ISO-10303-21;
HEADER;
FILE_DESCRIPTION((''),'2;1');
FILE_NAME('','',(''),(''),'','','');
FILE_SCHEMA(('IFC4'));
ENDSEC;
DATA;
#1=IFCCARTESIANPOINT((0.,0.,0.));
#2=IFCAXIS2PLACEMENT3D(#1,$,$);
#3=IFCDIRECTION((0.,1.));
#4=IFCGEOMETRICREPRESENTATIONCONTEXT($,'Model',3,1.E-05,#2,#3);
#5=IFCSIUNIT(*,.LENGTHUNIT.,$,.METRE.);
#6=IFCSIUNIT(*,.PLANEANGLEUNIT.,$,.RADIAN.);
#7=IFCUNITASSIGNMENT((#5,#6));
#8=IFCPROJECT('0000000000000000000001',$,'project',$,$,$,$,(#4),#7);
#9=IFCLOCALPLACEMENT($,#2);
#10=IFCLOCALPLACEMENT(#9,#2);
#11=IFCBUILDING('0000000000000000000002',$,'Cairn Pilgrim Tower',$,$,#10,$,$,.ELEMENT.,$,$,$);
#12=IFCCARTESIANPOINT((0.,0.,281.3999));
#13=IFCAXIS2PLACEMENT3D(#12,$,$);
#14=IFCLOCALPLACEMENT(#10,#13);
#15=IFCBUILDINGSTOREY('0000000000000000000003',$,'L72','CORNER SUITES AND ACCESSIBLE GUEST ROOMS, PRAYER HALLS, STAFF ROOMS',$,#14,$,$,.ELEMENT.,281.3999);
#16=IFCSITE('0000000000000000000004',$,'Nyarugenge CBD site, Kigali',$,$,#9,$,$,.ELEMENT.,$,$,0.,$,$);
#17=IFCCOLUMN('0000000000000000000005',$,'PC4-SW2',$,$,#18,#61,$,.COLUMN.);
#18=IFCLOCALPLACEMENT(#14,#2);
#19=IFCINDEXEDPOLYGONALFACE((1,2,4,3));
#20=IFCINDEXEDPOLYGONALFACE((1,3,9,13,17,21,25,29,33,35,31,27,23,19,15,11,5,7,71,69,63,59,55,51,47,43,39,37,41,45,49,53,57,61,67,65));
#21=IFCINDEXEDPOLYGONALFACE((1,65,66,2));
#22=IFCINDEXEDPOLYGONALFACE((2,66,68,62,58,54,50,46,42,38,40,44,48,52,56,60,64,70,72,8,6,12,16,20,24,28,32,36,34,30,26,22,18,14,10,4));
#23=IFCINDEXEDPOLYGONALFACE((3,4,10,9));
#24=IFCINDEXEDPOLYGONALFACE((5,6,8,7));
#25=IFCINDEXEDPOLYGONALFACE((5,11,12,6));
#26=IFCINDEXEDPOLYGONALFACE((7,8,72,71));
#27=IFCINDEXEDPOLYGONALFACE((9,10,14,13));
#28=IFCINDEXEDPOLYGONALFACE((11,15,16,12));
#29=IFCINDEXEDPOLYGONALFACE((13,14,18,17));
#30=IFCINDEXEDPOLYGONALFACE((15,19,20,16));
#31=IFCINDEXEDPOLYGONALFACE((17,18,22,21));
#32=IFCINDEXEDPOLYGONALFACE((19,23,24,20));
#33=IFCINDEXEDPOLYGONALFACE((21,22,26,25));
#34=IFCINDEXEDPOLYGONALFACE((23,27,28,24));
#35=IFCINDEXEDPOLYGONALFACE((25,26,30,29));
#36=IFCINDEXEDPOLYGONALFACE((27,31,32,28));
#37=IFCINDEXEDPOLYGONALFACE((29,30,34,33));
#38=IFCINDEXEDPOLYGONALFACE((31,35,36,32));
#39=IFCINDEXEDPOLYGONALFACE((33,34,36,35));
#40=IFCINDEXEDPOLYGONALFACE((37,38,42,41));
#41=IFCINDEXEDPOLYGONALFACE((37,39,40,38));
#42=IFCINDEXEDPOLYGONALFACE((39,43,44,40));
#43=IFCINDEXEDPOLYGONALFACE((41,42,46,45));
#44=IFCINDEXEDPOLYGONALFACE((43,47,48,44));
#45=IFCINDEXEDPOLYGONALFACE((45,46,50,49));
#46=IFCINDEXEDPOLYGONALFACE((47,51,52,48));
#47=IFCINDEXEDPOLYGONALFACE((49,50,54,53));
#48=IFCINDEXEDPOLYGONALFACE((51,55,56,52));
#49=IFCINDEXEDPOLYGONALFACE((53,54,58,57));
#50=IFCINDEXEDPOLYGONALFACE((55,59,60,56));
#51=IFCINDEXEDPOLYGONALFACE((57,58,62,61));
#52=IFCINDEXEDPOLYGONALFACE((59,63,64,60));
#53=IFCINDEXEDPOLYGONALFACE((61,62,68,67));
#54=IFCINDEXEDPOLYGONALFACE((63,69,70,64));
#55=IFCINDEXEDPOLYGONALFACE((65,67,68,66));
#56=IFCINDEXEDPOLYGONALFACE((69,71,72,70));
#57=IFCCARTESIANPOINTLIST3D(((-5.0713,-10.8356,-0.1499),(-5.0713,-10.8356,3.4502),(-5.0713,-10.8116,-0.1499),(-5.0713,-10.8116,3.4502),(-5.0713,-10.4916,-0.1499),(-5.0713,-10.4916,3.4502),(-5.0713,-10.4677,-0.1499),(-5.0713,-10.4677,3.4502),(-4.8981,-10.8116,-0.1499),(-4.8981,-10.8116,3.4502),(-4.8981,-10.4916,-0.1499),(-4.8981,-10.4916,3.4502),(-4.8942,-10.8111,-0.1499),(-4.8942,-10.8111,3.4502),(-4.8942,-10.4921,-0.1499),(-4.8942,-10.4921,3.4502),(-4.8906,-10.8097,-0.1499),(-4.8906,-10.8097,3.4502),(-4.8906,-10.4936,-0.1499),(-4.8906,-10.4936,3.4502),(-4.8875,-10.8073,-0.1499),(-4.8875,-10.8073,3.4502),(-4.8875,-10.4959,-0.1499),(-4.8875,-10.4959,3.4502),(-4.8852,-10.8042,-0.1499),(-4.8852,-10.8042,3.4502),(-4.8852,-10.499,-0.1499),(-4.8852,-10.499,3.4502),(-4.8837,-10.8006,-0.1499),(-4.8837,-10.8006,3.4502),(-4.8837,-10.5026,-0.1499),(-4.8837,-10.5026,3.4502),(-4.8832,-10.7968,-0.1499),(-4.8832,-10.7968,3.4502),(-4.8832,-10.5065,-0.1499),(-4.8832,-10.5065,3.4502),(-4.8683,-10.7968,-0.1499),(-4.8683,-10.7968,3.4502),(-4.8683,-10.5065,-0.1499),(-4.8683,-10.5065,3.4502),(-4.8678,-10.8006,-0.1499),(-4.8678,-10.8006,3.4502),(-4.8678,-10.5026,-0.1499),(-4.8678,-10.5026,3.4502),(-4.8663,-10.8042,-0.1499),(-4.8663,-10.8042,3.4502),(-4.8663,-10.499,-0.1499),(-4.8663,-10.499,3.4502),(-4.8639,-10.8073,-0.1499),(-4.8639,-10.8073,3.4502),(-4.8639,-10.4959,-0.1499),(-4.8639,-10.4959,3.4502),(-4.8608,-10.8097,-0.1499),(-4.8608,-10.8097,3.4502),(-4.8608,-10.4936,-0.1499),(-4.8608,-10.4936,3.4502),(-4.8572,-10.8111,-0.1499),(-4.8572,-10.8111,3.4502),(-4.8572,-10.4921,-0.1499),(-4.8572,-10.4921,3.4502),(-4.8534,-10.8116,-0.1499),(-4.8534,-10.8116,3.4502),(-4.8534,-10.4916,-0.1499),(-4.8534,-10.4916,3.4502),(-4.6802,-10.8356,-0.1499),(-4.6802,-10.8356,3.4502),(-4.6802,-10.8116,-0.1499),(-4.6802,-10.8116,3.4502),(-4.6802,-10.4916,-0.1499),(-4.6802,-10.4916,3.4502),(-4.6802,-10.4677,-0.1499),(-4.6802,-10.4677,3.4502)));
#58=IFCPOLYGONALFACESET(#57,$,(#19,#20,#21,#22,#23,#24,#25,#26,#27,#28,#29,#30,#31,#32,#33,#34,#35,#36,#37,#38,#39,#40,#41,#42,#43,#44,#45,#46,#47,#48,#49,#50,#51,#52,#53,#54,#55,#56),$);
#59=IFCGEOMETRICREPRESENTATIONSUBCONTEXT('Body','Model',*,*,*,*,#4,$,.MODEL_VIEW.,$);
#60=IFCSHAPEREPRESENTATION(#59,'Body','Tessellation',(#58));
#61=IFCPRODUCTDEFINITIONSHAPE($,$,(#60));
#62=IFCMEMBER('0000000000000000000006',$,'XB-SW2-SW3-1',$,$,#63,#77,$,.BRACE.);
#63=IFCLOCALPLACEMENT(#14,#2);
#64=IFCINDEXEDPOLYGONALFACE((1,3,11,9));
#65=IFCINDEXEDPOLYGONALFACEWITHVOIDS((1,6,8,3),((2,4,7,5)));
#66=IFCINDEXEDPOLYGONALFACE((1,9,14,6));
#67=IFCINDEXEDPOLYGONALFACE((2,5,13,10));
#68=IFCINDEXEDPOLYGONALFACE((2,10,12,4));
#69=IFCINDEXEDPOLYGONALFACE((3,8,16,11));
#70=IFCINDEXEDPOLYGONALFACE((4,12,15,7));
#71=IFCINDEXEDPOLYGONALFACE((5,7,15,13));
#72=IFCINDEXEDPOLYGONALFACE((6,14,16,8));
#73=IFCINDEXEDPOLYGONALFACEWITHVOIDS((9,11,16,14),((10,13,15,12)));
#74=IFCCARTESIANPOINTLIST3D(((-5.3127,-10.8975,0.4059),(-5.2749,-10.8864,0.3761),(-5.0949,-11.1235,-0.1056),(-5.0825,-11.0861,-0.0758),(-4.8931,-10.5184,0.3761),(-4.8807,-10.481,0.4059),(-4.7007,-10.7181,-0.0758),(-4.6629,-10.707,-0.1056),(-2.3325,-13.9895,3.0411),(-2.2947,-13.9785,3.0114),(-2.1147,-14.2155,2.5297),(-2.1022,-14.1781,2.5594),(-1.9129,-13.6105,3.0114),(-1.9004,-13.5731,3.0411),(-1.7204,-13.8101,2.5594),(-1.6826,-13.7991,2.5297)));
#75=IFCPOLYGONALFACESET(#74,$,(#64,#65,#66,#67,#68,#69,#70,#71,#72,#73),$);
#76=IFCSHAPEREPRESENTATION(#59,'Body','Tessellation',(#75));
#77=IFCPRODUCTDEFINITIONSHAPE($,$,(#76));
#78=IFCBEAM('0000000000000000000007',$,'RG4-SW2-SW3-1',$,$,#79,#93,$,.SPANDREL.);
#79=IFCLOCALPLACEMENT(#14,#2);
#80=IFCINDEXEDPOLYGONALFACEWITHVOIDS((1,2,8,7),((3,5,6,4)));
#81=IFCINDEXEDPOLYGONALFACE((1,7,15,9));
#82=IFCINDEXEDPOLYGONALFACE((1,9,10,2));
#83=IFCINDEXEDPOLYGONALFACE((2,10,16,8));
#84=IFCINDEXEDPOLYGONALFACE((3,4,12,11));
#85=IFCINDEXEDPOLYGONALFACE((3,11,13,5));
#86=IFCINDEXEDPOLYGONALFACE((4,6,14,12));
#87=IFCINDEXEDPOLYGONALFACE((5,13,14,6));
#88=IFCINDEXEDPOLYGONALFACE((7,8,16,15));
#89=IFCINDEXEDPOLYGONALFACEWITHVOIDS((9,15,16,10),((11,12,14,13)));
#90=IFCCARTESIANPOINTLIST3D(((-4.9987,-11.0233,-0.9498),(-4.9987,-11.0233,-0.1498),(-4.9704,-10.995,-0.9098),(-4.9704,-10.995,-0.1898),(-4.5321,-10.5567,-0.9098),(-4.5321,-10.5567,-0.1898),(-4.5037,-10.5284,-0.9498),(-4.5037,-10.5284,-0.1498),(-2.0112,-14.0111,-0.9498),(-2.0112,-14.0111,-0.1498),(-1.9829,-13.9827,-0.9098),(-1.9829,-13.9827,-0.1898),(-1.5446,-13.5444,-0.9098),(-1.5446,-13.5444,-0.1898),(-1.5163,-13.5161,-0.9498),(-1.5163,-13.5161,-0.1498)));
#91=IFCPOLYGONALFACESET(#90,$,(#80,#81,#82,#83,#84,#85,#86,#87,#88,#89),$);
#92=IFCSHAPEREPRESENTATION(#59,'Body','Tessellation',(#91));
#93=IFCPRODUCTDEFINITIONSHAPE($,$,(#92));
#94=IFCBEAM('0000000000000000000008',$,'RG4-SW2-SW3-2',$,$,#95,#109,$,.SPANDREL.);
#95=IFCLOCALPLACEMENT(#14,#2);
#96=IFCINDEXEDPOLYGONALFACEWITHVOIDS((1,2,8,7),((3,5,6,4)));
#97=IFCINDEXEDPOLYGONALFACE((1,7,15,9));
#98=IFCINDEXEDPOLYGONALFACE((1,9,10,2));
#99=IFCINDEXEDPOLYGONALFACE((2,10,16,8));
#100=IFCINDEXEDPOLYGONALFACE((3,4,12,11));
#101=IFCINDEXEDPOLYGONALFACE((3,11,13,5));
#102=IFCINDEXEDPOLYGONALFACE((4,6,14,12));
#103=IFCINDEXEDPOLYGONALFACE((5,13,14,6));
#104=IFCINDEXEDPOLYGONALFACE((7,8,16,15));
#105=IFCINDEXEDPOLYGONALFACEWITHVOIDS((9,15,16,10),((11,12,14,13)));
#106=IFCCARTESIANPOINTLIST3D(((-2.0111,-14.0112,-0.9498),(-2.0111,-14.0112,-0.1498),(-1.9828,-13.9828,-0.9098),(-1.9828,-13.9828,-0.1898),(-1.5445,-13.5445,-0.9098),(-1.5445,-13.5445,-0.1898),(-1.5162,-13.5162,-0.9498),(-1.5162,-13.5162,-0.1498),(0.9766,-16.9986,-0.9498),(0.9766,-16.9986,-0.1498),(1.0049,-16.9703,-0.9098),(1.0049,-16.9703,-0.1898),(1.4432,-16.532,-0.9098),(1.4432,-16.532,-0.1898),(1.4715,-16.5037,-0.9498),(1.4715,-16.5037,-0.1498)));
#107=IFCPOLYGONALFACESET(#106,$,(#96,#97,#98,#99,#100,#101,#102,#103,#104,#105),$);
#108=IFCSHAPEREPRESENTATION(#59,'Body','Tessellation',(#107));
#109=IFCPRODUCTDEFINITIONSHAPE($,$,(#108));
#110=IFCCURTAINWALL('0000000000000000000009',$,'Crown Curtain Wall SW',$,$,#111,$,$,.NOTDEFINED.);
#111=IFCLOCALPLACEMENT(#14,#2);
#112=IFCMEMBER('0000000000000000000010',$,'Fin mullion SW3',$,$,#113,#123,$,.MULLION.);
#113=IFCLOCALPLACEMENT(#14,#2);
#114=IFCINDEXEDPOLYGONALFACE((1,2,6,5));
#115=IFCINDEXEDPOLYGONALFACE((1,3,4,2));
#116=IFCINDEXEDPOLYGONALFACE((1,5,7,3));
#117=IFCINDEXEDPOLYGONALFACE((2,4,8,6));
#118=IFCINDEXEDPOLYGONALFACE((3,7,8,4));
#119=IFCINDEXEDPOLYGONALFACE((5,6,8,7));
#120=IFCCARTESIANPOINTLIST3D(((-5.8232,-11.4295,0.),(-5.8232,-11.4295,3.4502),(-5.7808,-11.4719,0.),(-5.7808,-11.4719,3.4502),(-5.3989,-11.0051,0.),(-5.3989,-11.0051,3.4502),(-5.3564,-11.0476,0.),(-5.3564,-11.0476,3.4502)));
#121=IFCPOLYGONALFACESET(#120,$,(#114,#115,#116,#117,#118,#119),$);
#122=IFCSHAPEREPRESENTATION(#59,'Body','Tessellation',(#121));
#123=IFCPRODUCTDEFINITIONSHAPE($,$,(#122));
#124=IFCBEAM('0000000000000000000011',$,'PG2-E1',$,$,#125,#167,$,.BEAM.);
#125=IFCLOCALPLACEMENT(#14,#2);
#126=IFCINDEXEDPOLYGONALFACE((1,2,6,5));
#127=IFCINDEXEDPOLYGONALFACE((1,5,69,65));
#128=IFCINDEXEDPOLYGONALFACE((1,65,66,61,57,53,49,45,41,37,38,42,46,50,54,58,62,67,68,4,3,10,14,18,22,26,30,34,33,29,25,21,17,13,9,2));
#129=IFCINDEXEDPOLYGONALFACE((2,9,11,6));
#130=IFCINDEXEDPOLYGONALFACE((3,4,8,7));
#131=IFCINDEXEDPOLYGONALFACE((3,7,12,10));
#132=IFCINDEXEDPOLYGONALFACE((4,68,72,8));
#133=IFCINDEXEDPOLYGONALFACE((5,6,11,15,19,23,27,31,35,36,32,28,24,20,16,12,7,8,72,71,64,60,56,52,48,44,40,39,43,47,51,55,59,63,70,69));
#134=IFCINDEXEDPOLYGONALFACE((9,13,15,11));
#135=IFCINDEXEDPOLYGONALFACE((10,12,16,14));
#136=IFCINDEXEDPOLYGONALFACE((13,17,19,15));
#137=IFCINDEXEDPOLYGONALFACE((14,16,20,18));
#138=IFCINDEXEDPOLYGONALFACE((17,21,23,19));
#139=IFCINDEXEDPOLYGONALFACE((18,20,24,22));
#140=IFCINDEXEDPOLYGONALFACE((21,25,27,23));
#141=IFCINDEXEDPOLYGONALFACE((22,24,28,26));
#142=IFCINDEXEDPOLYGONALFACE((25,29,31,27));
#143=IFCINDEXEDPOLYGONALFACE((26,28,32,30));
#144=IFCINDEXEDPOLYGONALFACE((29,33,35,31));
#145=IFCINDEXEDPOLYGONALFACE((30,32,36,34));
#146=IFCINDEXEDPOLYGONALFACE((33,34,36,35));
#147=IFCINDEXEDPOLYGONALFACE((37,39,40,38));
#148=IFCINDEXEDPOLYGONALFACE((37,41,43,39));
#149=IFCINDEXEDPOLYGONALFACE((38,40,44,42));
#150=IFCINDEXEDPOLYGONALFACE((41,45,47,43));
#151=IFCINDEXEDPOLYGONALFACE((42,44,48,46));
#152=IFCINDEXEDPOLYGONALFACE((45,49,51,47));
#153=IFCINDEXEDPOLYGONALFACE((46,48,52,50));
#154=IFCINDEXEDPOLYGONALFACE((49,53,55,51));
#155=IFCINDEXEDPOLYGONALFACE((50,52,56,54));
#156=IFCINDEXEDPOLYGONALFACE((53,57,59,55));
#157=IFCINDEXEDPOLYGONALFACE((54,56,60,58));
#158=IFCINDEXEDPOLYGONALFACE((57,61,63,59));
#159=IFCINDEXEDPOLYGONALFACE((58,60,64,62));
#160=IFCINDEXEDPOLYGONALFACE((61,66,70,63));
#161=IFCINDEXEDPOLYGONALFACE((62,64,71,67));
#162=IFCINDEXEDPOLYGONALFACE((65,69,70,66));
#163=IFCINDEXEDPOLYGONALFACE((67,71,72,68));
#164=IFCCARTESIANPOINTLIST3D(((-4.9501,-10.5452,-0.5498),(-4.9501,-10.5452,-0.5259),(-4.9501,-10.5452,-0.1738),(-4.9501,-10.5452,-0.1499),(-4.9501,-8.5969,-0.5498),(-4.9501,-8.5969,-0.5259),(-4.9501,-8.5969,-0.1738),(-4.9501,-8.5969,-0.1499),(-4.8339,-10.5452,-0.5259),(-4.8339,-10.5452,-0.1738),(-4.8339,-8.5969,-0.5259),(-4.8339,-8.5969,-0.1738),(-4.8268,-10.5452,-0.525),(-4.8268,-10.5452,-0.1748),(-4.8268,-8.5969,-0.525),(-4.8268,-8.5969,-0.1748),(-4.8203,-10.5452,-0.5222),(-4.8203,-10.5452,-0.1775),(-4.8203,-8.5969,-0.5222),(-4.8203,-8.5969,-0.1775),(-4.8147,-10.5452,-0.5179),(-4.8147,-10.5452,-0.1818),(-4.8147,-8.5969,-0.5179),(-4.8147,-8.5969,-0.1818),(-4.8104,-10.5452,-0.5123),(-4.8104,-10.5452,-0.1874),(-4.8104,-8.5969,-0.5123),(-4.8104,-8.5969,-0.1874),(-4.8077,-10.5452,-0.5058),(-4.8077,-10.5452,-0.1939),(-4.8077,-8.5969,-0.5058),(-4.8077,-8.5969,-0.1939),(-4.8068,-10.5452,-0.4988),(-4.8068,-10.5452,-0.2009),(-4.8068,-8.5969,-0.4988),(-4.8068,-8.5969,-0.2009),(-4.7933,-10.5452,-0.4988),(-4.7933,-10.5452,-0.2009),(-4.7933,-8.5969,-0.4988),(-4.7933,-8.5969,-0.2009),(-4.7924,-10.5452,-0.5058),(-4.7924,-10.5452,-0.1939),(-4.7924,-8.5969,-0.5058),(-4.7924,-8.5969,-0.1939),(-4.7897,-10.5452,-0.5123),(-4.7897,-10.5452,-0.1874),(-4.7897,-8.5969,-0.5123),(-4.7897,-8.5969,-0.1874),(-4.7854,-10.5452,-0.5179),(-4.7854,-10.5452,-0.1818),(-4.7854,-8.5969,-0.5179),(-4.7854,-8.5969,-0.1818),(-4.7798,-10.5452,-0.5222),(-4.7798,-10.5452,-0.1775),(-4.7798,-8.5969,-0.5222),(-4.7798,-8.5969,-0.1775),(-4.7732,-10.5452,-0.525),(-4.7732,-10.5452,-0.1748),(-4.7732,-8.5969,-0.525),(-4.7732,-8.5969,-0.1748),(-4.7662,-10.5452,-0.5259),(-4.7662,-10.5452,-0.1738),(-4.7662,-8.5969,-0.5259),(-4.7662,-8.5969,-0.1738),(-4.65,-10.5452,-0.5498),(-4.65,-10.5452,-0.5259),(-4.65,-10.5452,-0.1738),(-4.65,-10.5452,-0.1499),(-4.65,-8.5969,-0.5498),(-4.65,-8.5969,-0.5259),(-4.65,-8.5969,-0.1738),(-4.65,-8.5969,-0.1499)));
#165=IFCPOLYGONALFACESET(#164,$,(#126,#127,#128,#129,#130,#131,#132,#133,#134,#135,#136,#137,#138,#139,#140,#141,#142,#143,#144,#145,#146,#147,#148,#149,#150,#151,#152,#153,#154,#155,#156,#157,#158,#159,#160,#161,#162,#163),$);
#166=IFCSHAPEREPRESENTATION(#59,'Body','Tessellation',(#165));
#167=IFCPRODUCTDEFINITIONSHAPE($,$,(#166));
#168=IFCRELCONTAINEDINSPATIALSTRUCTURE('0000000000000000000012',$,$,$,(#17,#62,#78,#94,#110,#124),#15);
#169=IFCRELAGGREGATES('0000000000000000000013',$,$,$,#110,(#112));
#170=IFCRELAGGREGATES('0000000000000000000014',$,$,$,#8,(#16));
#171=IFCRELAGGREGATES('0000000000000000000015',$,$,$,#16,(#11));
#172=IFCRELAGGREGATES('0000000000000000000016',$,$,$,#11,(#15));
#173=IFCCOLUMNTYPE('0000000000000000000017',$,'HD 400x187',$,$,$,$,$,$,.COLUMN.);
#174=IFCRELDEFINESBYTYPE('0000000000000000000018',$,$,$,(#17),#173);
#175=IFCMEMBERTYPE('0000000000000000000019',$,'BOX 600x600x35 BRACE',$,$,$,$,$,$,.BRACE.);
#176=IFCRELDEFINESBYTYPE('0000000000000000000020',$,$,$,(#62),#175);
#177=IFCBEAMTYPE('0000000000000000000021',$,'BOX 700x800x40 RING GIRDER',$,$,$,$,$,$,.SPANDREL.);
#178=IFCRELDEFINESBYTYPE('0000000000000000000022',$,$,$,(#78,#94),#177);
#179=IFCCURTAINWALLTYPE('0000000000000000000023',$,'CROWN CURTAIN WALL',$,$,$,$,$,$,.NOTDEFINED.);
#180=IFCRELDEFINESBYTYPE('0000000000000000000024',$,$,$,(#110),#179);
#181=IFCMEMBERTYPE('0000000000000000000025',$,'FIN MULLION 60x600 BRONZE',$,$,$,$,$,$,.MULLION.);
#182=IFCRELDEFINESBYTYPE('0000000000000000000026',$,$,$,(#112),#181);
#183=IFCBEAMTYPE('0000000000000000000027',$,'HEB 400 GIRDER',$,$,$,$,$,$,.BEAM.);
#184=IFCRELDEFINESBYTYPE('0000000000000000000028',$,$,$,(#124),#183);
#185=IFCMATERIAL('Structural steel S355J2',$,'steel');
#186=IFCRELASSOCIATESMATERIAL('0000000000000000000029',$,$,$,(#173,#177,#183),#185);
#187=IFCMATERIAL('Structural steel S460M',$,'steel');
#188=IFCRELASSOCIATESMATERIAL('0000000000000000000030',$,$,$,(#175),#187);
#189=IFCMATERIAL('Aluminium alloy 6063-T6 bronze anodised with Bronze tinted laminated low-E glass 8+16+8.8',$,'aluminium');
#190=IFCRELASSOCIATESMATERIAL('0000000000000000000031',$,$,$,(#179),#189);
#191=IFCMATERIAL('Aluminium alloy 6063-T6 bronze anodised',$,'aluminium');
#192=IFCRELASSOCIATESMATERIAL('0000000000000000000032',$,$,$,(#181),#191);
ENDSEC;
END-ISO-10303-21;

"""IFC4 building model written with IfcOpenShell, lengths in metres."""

from ifc_helpers import new_model, si_unit, direction, frame, origin, origin_2d, place, context, subcontext, project, spatial, rectangle, hollow_rectangle, i_section, extrude, material, material_profile, profile_set, type_object, element, aggregate, save


model = new_model("IFC4")

# Units and contexts
model_context = context("Model", 3, precision=1e-05, world=origin(), true_north=direction((0.0, 1.0)))
body_context = subcontext(model_context, "Body", "Model", "MODEL_VIEW")
ifc_project = project(units=[si_unit("LENGTHUNIT", "METRE"), si_unit("PLANEANGLEUNIT", "RADIAN")], contexts=[model_context])

# Site, building, storey
site_placement = place(None, origin())
site = spatial("IfcSite", under=ifc_project, at=site_placement, Name="Nyarugenge CBD site, Kigali", CompositionType="ELEMENT", RefElevation=0.0)
building_placement = place(site_placement, origin())
building = spatial("IfcBuilding", under=site, at=building_placement, Name="Cairn Pilgrim Tower", CompositionType="ELEMENT")
storey_placement = place(building_placement, frame((0.0, 0.0, 281.3999)))
storey = spatial("IfcBuildingStorey", under=building, at=storey_placement, Name="L72", Description="CORNER SUITES AND ACCESSIBLE GUEST ROOMS, PRAYER HALLS, STAFF ROOMS", CompositionType="ELEMENT", Elevation=281.3999)

# Column
ifc_material_1 = material(Name="Structural steel S355J2", Category="steel")
ifc_material_profile_1 = material_profile(ifc_material_1, i_section(OverallWidth=0.3911, OverallDepth=0.3679, WebThickness=0.0149, FlangeThickness=0.0239, FilletRadius=0.0149, at=origin_2d()), Name="HD 400x187")
ifc_profile_set_1 = profile_set([ifc_material_profile_1], Name="Structural steel S355J2")
column_type = type_object("IfcColumnType", Name="HD 400x187", PredefinedType="COLUMN", material=ifc_profile_set_1)
column_placement = place(storey_placement, frame((-4.8757, -10.6516, -0.1499), z_axis=(0.0, 0.0, 1.0), x_axis=(1.0, 0.0, 0.0)))
element("IfcColumn", 1, at=column_placement, inside=storey, type_object=column_type, Name="PC4-SW2", PredefinedType="COLUMN", context=body_context, shape_type="SweptSolid", body=[
    extrude(i_section(OverallWidth=0.3911, OverallDepth=0.3679, WebThickness=0.0149, FlangeThickness=0.0239, FilletRadius=0.0149, at=origin_2d()), origin(), (0.0, 0.0, 1.0), 3.6001),
])

# Member
ifc_material_2 = material(Name="Structural steel S460M", Category="steel")
ifc_material_profile_2 = material_profile(ifc_material_2, hollow_rectangle(XDim=0.6001, YDim=0.6001, WallThickness=0.0349, at=origin_2d()), Name="BOX 600x600x35")
ifc_profile_set_2 = profile_set([ifc_material_profile_2], Name="Structural steel S460M")
member_type_1 = type_object("IfcMemberType", Name="BOX 600x600x35 BRACE", PredefinedType="BRACE", material=ifc_profile_set_2)
member_1_placement = place(storey_placement, frame((-4.9878, -10.8022, 0.1501), z_axis=(0.591484, -0.613676, 0.523018), x_axis=(0.720006, 0.693968, 0.0)))
element("IfcMember", 2, at=member_1_placement, inside=storey, type_object=member_type_1, Name="XB-SW2-SW3-1", PredefinedType="BRACE", context=body_context, shape_type="SweptSolid", body=[
    extrude(hollow_rectangle(XDim=0.6001, YDim=0.6001, WallThickness=0.0349, at=origin_2d()), origin(), (0.0, 0.0, 1.0), 5.0386),
])

# Beams
ifc_material_profile_3 = material_profile(ifc_material_1, hollow_rectangle(XDim=0.7, YDim=0.8, WallThickness=0.04, at=origin_2d()), Name="BOX 700x800x40")
ifc_profile_set_3 = profile_set([ifc_material_profile_3], Name="Structural steel S355J2")
beam_type_1 = type_object("IfcBeamType", Name="BOX 700x800x40 RING GIRDER", PredefinedType="SPANDREL", material=ifc_profile_set_3)
for number, where, z_axis, x_axis, name in (
    (3, (-4.7512, -10.7759, -0.5498), (0.707078, -0.707136, 0.0), (0.707136, 0.707078, 0.0), "RG4-SW2-SW3-1"),
    (4, (-1.7637, -13.7637, -0.5498), (0.707136, -0.707078, 0.0), (0.707078, 0.707136, 0.0), "RG4-SW2-SW3-2"),
):
    element("IfcBeam", number, at=place(storey_placement, frame(where, z_axis=z_axis, x_axis=x_axis)), inside=storey, type_object=beam_type_1, Name=name, PredefinedType="SPANDREL", context=body_context, shape_type="SweptSolid", body=[
        extrude(hollow_rectangle(XDim=0.7, YDim=0.8, WallThickness=0.04, at=origin_2d()), origin(), (0.0, 0.0, 1.0), 4.2251),
    ])

# Curtain wall, member
ifc_material_3 = material(Name="Aluminium alloy 6063-T6 bronze anodised with Bronze tinted laminated low-E glass 8+16+8.8", Category="aluminium")
curtain_wall_type = type_object("IfcCurtainWallType", Name="CROWN CURTAIN WALL", PredefinedType="NOTDEFINED", material=ifc_material_3)
curtain_wall_placement = place(storey_placement, origin())
curtain_wall = element("IfcCurtainWall", 5, at=curtain_wall_placement, inside=storey, type_object=curtain_wall_type, Name="Crown Curtain Wall SW", PredefinedType="NOTDEFINED")
ifc_material_4 = material(Name="Aluminium alloy 6063-T6 bronze anodised", Category="aluminium")
ifc_material_profile_4 = material_profile(ifc_material_4, rectangle(XDim=0.6001, YDim=0.0601, at=origin_2d()), Name="FIN MULLION 60x600 BRONZE")
ifc_profile_set_4 = profile_set([ifc_material_profile_4], Name="Aluminium alloy 6063-T6 bronze anodised")
member_type_2 = type_object("IfcMemberType", Name="FIN MULLION 60x600 BRONZE", PredefinedType="MULLION", material=ifc_profile_set_4)
member_2_placement = place(storey_placement, frame((-5.5898, -11.2385, 0.0), z_axis=(0.0, 0.0, 1.0), x_axis=(-0.707107, -0.707107, 0.0)))
member_2 = element("IfcMember", 6, at=member_2_placement, type_object=member_type_2, Name="Fin mullion SW3", PredefinedType="MULLION", context=body_context, shape_type="SweptSolid", body=[
    extrude(rectangle(XDim=0.6001, YDim=0.0601, at=origin_2d()), origin(), (0.0, 0.0, 1.0), 3.4502),
])

# Beam
ifc_material_profile_5 = material_profile(ifc_material_1, i_section(OverallWidth=0.3, OverallDepth=0.3999, WebThickness=0.0134, FlangeThickness=0.0239, FilletRadius=0.0271, at=origin_2d()), Name="HEB 400")
ifc_profile_set_5 = profile_set([ifc_material_profile_5], Name="Structural steel S355J2")
beam_type_2 = type_object("IfcBeamType", Name="HEB 400 GIRDER", PredefinedType="BEAM", material=ifc_profile_set_5)
beam_1_placement = place(storey_placement, frame((-4.8, -10.5452, -0.3499), z_axis=(0.0, 1.0, 0.0), x_axis=(-1.0, 0.0, 0.0)))
element("IfcBeam", 7, at=beam_1_placement, inside=storey, type_object=beam_type_2, Name="PG2-E1", PredefinedType="BEAM", context=body_context, shape_type="SweptSolid", body=[
    extrude(i_section(OverallWidth=0.3, OverallDepth=0.3999, WebThickness=0.0134, FlangeThickness=0.0239, FilletRadius=0.0271, at=origin_2d()), origin(), (0.0, 0.0, 1.0), 1.9482),
])

aggregate(curtain_wall, [member_2])

save(model, "model.ifc")
